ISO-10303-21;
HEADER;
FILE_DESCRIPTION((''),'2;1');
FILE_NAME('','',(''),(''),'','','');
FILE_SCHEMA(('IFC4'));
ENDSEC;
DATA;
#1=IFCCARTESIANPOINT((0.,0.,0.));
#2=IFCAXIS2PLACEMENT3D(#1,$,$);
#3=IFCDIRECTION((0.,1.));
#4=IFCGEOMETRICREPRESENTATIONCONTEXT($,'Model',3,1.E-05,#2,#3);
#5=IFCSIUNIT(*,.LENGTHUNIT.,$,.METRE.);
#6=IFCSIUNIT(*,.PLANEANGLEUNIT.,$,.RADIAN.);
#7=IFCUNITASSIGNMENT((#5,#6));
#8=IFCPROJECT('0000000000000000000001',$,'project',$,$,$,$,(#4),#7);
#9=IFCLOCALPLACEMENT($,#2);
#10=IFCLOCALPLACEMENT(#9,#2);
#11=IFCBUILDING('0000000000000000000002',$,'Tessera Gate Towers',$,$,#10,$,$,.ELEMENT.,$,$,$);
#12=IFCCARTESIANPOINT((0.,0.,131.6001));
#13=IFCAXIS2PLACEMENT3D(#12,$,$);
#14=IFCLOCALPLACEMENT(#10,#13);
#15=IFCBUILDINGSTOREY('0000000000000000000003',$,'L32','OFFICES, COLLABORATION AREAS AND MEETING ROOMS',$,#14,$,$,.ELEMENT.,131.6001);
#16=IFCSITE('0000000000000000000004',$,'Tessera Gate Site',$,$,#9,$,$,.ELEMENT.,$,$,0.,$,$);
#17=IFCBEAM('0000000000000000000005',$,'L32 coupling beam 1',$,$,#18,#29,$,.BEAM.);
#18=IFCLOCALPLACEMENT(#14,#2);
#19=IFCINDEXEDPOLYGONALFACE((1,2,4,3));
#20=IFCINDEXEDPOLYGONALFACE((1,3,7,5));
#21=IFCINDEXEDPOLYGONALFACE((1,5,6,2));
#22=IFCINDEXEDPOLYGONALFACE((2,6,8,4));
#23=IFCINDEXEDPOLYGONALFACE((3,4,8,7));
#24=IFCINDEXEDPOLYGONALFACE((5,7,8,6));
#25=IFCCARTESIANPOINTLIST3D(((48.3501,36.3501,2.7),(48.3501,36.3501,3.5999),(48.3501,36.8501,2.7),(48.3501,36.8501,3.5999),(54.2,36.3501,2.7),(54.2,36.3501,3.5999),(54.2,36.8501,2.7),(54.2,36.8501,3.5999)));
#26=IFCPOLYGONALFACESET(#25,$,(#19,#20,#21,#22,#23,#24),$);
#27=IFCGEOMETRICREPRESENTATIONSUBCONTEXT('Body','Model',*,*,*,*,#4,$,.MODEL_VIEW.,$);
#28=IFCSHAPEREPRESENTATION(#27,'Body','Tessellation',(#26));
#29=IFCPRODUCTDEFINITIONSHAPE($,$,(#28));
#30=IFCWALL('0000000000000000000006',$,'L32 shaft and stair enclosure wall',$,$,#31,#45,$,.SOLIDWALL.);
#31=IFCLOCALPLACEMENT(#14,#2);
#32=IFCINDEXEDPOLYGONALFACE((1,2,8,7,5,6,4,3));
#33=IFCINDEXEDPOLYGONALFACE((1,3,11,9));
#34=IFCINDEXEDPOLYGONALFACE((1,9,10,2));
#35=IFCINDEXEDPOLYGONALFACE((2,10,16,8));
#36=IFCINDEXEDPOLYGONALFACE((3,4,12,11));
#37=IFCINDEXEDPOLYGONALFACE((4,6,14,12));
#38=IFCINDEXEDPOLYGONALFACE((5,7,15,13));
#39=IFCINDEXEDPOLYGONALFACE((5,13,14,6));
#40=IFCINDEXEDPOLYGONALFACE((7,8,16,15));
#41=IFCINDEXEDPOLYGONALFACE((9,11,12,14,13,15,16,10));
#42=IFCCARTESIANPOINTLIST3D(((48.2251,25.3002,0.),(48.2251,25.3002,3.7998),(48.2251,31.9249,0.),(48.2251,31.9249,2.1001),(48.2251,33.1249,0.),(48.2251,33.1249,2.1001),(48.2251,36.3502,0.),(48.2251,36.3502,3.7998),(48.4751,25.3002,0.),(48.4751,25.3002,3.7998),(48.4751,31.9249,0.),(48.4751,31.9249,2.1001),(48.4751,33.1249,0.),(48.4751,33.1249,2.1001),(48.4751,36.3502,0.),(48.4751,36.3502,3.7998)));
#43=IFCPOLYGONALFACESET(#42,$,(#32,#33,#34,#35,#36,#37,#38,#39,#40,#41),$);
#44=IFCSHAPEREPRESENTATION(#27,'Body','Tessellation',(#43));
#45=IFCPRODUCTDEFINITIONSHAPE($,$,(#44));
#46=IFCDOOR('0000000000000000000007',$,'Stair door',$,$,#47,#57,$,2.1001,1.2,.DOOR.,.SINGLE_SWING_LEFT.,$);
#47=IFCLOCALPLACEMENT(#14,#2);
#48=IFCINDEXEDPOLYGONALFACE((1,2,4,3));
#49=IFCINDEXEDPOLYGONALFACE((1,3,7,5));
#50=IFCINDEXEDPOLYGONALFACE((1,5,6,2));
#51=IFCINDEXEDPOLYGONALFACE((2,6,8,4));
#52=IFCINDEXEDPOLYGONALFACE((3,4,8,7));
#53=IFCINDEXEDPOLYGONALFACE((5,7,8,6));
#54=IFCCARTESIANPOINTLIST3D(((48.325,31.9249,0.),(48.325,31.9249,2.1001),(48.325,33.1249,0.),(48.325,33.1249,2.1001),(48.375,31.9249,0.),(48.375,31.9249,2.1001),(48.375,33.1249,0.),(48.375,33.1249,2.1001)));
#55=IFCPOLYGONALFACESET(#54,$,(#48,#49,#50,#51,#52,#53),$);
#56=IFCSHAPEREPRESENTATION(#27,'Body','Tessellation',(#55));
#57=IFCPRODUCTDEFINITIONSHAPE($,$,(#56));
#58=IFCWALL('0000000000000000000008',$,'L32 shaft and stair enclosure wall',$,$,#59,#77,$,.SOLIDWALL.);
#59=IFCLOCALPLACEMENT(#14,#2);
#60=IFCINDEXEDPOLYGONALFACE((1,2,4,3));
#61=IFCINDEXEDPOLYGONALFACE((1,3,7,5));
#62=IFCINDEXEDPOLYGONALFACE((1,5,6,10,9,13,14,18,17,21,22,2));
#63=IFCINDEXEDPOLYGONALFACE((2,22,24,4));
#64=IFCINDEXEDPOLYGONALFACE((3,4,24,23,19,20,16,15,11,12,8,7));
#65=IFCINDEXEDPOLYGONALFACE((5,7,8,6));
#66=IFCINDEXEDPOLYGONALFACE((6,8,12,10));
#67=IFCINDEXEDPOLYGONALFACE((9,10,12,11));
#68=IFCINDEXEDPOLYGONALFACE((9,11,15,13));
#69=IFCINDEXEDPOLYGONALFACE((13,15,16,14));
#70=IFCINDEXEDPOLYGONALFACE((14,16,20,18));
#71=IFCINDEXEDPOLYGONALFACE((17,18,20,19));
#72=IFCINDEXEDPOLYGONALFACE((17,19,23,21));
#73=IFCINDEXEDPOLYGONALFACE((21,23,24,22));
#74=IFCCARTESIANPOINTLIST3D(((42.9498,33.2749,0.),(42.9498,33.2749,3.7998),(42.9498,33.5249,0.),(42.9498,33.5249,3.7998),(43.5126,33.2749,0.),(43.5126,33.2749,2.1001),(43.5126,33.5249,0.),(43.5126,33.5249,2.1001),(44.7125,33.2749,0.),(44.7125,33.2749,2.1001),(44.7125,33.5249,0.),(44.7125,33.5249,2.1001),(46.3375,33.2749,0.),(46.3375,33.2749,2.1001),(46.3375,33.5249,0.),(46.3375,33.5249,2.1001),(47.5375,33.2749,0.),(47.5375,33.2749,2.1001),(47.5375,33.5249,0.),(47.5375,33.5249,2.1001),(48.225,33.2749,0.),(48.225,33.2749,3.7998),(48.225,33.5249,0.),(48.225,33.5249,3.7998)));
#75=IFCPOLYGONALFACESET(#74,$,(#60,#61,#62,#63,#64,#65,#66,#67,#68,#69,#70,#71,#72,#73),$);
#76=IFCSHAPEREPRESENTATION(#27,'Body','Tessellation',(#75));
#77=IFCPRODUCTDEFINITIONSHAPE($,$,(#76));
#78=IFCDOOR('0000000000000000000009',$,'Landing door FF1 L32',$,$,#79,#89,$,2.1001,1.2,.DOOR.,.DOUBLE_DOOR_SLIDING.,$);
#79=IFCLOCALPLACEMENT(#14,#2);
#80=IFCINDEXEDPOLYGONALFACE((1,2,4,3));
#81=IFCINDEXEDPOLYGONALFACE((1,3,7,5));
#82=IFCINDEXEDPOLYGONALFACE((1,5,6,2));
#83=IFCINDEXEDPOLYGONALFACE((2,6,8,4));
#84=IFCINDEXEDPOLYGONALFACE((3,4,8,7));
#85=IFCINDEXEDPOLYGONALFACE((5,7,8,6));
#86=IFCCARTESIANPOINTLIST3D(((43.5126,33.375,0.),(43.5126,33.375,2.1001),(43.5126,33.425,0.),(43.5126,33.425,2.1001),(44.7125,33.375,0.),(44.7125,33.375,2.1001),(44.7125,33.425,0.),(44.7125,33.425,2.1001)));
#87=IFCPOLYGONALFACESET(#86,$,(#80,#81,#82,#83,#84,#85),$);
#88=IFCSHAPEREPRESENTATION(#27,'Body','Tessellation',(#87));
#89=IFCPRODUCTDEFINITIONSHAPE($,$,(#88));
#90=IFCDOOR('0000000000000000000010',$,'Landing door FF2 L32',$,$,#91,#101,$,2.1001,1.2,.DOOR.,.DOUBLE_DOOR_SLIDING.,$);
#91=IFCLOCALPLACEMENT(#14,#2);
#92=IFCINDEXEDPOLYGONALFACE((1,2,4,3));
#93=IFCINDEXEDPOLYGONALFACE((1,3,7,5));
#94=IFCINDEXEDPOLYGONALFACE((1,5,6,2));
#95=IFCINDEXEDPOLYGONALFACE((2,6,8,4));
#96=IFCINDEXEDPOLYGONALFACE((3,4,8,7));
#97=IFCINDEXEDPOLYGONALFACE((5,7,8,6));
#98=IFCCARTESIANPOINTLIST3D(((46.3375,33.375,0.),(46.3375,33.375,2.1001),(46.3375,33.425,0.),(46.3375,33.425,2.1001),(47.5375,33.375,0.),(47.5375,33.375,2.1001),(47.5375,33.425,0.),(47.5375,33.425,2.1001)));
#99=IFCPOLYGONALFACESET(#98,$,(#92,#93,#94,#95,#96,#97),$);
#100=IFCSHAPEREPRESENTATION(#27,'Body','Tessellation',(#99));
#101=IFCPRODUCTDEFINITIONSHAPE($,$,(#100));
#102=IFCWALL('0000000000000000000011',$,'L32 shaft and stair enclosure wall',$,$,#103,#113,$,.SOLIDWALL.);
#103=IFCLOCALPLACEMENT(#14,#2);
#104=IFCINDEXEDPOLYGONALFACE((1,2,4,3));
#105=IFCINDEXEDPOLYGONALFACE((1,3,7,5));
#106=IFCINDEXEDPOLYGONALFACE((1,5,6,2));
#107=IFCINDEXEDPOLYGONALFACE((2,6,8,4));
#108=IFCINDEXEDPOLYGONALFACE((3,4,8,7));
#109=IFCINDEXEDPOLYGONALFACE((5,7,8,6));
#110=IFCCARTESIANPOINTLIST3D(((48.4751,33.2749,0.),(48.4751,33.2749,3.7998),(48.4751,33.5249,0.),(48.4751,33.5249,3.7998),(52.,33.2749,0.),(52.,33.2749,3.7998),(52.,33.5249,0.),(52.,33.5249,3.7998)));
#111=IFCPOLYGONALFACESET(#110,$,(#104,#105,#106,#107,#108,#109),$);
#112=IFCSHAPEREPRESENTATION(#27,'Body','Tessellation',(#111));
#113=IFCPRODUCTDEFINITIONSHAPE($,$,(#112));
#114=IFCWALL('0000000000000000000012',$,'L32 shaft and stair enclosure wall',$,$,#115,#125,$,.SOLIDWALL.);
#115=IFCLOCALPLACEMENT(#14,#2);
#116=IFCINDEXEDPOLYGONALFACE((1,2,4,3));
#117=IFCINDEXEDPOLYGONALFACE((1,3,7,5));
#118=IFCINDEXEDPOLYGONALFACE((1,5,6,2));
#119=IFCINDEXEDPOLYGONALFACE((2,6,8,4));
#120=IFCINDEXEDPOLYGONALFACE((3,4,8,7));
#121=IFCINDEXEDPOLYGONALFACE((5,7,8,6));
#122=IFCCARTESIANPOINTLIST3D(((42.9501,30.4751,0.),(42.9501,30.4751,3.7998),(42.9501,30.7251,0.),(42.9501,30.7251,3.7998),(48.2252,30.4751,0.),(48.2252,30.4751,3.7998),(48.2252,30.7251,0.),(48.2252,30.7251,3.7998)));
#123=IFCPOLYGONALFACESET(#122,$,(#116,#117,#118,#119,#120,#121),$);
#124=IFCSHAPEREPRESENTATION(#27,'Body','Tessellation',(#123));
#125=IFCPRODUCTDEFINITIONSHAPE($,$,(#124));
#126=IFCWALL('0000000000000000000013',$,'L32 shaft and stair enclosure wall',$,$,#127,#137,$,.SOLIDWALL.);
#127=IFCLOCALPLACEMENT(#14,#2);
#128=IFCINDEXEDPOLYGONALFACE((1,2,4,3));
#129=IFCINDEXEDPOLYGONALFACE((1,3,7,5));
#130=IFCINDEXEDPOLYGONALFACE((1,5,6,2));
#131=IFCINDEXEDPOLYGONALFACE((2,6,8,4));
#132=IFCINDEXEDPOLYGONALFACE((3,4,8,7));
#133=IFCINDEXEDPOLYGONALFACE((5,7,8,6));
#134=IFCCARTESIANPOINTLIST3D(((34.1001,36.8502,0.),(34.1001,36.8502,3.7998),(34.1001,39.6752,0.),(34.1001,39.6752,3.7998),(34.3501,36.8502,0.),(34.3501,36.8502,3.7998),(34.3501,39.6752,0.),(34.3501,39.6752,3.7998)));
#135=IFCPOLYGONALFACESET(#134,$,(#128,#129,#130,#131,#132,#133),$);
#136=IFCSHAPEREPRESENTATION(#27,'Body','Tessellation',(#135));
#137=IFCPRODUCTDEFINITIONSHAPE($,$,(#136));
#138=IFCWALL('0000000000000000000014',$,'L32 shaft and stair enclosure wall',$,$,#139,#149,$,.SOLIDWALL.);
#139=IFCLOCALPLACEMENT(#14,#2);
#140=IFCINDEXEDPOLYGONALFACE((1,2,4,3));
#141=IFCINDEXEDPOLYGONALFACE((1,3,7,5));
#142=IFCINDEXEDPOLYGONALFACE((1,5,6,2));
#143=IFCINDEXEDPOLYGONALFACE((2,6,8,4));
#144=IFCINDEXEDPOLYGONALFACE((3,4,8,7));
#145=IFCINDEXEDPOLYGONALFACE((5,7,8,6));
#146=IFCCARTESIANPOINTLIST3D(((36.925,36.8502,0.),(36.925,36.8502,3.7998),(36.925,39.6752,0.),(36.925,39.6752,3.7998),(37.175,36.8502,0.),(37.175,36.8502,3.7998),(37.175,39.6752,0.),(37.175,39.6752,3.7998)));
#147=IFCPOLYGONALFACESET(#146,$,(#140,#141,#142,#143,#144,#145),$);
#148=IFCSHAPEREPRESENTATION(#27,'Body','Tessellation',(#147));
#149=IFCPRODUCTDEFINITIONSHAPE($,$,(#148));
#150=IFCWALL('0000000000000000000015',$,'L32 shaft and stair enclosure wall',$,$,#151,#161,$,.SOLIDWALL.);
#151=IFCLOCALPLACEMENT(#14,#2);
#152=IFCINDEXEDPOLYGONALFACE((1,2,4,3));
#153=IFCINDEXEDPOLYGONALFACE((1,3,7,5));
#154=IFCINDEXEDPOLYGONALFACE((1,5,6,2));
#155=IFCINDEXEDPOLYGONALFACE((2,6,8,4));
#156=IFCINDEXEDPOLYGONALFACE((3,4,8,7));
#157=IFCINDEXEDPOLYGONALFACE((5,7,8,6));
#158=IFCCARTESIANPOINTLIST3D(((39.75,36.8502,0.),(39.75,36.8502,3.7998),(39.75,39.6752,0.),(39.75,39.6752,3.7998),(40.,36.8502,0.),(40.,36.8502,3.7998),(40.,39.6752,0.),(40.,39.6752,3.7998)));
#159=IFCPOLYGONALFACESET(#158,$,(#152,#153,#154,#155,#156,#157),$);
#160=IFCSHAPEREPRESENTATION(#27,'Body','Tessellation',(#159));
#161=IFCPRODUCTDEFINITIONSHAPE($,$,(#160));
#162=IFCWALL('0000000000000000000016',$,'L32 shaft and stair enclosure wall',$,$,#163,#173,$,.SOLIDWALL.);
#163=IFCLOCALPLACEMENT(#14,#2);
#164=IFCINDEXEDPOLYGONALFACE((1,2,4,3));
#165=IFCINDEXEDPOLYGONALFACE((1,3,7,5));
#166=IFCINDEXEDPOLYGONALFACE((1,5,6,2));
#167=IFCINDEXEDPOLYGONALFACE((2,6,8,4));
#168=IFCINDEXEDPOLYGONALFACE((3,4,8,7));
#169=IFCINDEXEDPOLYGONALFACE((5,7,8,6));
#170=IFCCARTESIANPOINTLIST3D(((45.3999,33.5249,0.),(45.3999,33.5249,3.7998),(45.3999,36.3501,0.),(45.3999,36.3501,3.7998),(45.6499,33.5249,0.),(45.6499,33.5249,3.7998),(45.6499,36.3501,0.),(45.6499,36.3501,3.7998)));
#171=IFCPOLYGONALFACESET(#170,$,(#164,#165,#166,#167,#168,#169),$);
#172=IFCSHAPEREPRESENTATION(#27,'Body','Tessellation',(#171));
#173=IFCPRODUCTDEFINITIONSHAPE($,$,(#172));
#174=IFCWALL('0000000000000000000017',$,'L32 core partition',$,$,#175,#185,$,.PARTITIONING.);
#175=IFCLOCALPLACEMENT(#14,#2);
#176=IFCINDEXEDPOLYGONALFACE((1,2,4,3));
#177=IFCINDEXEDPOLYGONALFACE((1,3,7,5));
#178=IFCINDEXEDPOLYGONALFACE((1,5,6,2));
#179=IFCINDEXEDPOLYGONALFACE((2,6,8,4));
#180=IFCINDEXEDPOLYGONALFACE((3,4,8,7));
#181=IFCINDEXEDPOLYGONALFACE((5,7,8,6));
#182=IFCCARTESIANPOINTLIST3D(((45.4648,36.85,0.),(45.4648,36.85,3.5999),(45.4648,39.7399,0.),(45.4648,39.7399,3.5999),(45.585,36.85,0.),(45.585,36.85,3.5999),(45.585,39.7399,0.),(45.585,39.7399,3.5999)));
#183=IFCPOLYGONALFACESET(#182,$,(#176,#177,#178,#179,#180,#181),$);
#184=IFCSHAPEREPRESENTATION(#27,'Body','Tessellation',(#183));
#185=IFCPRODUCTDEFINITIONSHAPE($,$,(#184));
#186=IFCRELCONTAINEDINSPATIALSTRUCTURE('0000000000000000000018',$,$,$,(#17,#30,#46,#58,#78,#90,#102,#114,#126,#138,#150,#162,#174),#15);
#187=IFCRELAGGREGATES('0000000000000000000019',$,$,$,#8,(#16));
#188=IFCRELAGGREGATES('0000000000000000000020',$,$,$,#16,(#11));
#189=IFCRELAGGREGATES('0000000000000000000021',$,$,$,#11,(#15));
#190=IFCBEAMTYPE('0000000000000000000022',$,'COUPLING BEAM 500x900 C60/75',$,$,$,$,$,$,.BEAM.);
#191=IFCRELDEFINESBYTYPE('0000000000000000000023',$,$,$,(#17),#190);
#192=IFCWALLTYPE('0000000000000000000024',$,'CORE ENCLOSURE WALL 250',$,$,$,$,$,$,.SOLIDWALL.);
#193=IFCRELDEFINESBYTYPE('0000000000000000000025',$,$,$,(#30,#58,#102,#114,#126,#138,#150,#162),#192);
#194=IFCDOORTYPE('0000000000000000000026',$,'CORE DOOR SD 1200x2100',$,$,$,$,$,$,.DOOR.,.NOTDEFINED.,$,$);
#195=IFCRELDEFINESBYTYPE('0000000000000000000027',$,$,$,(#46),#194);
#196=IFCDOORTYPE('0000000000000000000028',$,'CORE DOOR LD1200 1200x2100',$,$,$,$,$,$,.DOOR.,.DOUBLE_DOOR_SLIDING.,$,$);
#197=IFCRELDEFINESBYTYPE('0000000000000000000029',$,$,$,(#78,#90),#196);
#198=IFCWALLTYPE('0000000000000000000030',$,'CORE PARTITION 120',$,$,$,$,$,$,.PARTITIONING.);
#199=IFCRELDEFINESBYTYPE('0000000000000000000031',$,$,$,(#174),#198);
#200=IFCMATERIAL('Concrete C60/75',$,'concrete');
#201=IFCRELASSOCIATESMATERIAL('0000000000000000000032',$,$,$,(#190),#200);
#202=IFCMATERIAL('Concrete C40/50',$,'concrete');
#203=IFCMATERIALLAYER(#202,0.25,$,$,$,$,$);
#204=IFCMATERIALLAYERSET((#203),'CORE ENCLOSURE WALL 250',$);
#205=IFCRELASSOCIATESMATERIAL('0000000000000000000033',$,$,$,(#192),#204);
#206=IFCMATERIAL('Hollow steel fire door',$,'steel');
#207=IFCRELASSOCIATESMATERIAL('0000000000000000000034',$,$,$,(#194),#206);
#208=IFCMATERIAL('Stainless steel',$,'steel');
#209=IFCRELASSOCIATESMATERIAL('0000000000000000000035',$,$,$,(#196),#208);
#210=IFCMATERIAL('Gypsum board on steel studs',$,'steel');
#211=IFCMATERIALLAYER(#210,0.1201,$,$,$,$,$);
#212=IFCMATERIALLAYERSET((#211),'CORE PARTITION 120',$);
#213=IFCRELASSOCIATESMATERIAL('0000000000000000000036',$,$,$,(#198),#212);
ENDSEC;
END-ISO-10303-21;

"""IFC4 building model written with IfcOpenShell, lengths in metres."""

from ifc_helpers import new_model, si_unit, direction, frame, frame_2d, origin, origin_2d, place, context, subcontext, project, spatial, rectangle, extrude, source, transform, mapped, material, layer, layer_set, material_profile, profile_set, type_object, element, fill, save


model = new_model("IFC4")

# Units and contexts
model_context = context("Model", 3, precision=1e-05, world=origin(), true_north=direction((0.0, 1.0)))
body_context = subcontext(model_context, "Body", "Model", "MODEL_VIEW")
ifc_project = project(units=[si_unit("LENGTHUNIT", "METRE"), si_unit("PLANEANGLEUNIT", "RADIAN")], contexts=[model_context])

# Site, building, storey
site_placement = place(None, origin())
site = spatial("IfcSite", under=ifc_project, at=site_placement, Name="Tessera Gate Site", CompositionType="ELEMENT", RefElevation=0.0)
building_placement = place(site_placement, origin())
building = spatial("IfcBuilding", under=site, at=building_placement, Name="Tessera Gate Towers", CompositionType="ELEMENT")
storey_placement = place(building_placement, frame((0.0, 0.0, 131.6001)))
storey = spatial("IfcBuildingStorey", under=building, at=storey_placement, Name="L32", Description="OFFICES, COLLABORATION AREAS AND MEETING ROOMS", CompositionType="ELEMENT", Elevation=131.6001)

# Beam
ifc_material_1 = material(Name="Concrete C60/75", Category="concrete")
ifc_material_profile = material_profile(ifc_material_1, rectangle(XDim=0.5, YDim=0.8999, at=origin_2d()), Name="RC 500x900")
ifc_profile_set = profile_set([ifc_material_profile], Name="Concrete C60/75")
beam_type = type_object("IfcBeamType", Name="COUPLING BEAM 500x900 C60/75", PredefinedType="BEAM", material=ifc_profile_set)
beam_placement = place(storey_placement, frame((48.3501, 36.6001, 3.1499), z_axis=(1.0, 0.0, 0.0), x_axis=(0.0, 1.0, 0.0)))
element("IfcBeam", 1, at=beam_placement, inside=storey, type_object=beam_type, Name="L32 coupling beam 1", PredefinedType="BEAM", context=body_context, shape_type="SweptSolid", body=[
    extrude(rectangle(XDim=0.5, YDim=0.8999, at=origin_2d()), origin(), (0.0, 0.0, 1.0), 5.8499),
])

# Wall, opening, door
ifc_material_2 = material(Name="Concrete C40/50", Category="concrete")
ifc_layer_1 = layer(ifc_material_2, 0.25)
ifc_layer_set_1 = layer_set([ifc_layer_1], Name="CORE ENCLOSURE WALL 250")
wall_type_1 = type_object("IfcWallType", Name="CORE ENCLOSURE WALL 250", PredefinedType="SOLIDWALL", material=ifc_layer_set_1)
wall_1_placement = place(storey_placement, frame((48.3501, 36.3501, 0.0), z_axis=(0.0, 0.0, 1.0), x_axis=(0.0, -1.0, 0.0)))
wall_1 = element("IfcWall", 2, at=wall_1_placement, inside=storey, type_object=wall_type_1, Name="L32 shaft and stair enclosure wall", PredefinedType="SOLIDWALL", context=body_context, shape_type="SweptSolid", body=[
    extrude(rectangle(XDim=11.05, YDim=0.25, at=frame_2d((5.5249, 0.0))), origin(), (0.0, 0.0, 1.0), 3.7998),
])
shared_shape_1 = source(origin(), body_context, "Body", "SweptSolid", [
    extrude(rectangle(XDim=1.2, YDim=2.1001, at=frame_2d((0.6001, 1.05))), frame((0.0, 0.135, 0.0), z_axis=(0.0, -1.0, 0.0), x_axis=(1.0, 0.0, 0.0)), (0.0, 0.0, 1.0), 0.27),
])
opening_1_placement = place(wall_1_placement, frame((3.2251, 0.0, 0.0)))
opening_1 = element("IfcOpeningElement", 3, at=opening_1_placement, cuts=wall_1, PredefinedType="OPENING", context=body_context, shape_type="MappedRepresentation", body=[
    mapped(shared_shape_1, transform((0.0, 0.0, 0.0), scale=1.0)),
])
ifc_material_3 = material(Name="Hollow steel fire door", Category="steel")
door_type_1 = type_object("IfcDoorType", Name="CORE DOOR SD 1200x2100", OperationType="NOTDEFINED", PredefinedType="DOOR", material=ifc_material_3)
shared_shape_2 = source(origin(), body_context, "Body", "SweptSolid", [
    extrude(rectangle(XDim=1.2, YDim=2.1001, at=frame_2d((0.6001, 1.05))), frame((0.0, 0.0249, 0.0), z_axis=(0.0, -1.0, 0.0), x_axis=(1.0, 0.0, 0.0)), (0.0, 0.0, 1.0), 0.05),
])
door_1_placement = place(opening_1_placement, origin())
door_1 = element("IfcDoor", 4, at=door_1_placement, inside=storey, type_object=door_type_1, Name="Stair door", OperationType="SINGLE_SWING_LEFT", OverallHeight=2.1001, OverallWidth=1.2, PredefinedType="DOOR", context=body_context, shape_type="MappedRepresentation", body=[
    mapped(shared_shape_2, transform((0.0, 0.0, 0.0), scale=1.0)),
])
fill(opening_1, door_1)

# Wall, openings, doors
wall_2_placement = place(storey_placement, frame((48.2251, 33.3999, 0.0), z_axis=(0.0, 0.0, 1.0), x_axis=(-1.0, 0.0, 0.0)))
wall_2 = element("IfcWall", 5, at=wall_2_placement, inside=storey, type_object=wall_type_1, Name="L32 shaft and stair enclosure wall", PredefinedType="SOLIDWALL", context=body_context, shape_type="SweptSolid", body=[
    extrude(rectangle(XDim=5.2751, YDim=0.25, at=frame_2d((2.6377, 0.0))), origin(), (0.0, 0.0, 1.0), 3.7998),
])
opening_2_placement = place(wall_2_placement, frame((3.5125, 0.0, 0.0)))
opening_2 = element("IfcOpeningElement", 6, at=opening_2_placement, cuts=wall_2, PredefinedType="OPENING", context=body_context, shape_type="MappedRepresentation", body=[
    mapped(shared_shape_1, transform((0.0, 0.0, 0.0), scale=1.0)),
])
opening_3_placement = place(wall_2_placement, frame((0.6875, 0.0, 0.0)))
opening_3 = element("IfcOpeningElement", 7, at=opening_3_placement, cuts=wall_2, PredefinedType="OPENING", context=body_context, shape_type="MappedRepresentation", body=[
    mapped(shared_shape_1, transform((0.0, 0.0, 0.0), scale=1.0)),
])
ifc_material_4 = material(Name="Stainless steel", Category="steel")
door_type_2 = type_object("IfcDoorType", Name="CORE DOOR LD1200 1200x2100", OperationType="DOUBLE_DOOR_SLIDING", PredefinedType="DOOR", material=ifc_material_4)
door_2_placement = place(opening_2_placement, origin())
door_2 = element("IfcDoor", 8, at=door_2_placement, inside=storey, type_object=door_type_2, Name="Landing door FF1 L32", OperationType="DOUBLE_DOOR_SLIDING", OverallHeight=2.1001, OverallWidth=1.2, PredefinedType="DOOR", context=body_context, shape_type="MappedRepresentation", body=[
    mapped(shared_shape_2, transform((0.0, 0.0, 0.0), scale=1.0)),
])
fill(opening_2, door_2)
door_3_placement = place(opening_3_placement, origin())
door_3 = element("IfcDoor", 9, at=door_3_placement, inside=storey, type_object=door_type_2, Name="Landing door FF2 L32", OperationType="DOUBLE_DOOR_SLIDING", OverallHeight=2.1001, OverallWidth=1.2, PredefinedType="DOOR", context=body_context, shape_type="MappedRepresentation", body=[
    mapped(shared_shape_2, transform((0.0, 0.0, 0.0), scale=1.0)),
])
fill(opening_3, door_3)

# Walls
wall_3_placement = place(storey_placement, frame((48.4751, 33.3999, 0.0), z_axis=(0.0, 0.0, 1.0), x_axis=(1.0, 0.0, 0.0)))
element("IfcWall", 10, at=wall_3_placement, inside=storey, type_object=wall_type_1, Name="L32 shaft and stair enclosure wall", PredefinedType="SOLIDWALL", context=body_context, shape_type="SweptSolid", body=[
    extrude(rectangle(XDim=3.5249, YDim=0.25, at=frame_2d((1.7625, 0.0))), origin(), (0.0, 0.0, 1.0), 3.7998),
])
wall_4_placement = place(storey_placement, frame((42.95, 30.6001, 0.0), z_axis=(0.0, 0.0, 1.0), x_axis=(1.0, 0.0, 0.0)))
element("IfcWall", 11, at=wall_4_placement, inside=storey, type_object=wall_type_1, Name="L32 shaft and stair enclosure wall", PredefinedType="SOLIDWALL", context=body_context, shape_type="SweptSolid", body=[
    extrude(rectangle(XDim=5.2751, YDim=0.25, at=frame_2d((2.6377, 0.0))), origin(), (0.0, 0.0, 1.0), 3.7998),
])
for number, where, z_axis, x_axis, name in (
    (12, (34.2251, 36.8501, 0.0), (0.0, 0.0, 1.0), (0.0, 1.0, 0.0), "L32 shaft and stair enclosure wall"),
    (13, (37.05, 36.8501, 0.0), (0.0, 0.0, 1.0), (0.0, 1.0, 0.0), "L32 shaft and stair enclosure wall"),
    (14, (39.875, 36.8501, 0.0), (0.0, 0.0, 1.0), (0.0, 1.0, 0.0), "L32 shaft and stair enclosure wall"),
):
    element("IfcWall", number, at=place(storey_placement, frame(where, z_axis=z_axis, x_axis=x_axis)), inside=storey, type_object=wall_type_1, Name=name, PredefinedType="SOLIDWALL", context=body_context, shape_type="SweptSolid", body=[
        extrude(rectangle(XDim=2.825, YDim=0.25, at=frame_2d((1.4126, 0.0))), origin(), (0.0, 0.0, 1.0), 3.7998),
    ])
wall_5_placement = place(storey_placement, frame((45.5249, 33.5249, 0.0), z_axis=(0.0, 0.0, 1.0), x_axis=(0.0, 1.0, 0.0)))
element("IfcWall", 15, at=wall_5_placement, inside=storey, type_object=wall_type_1, Name="L32 shaft and stair enclosure wall", PredefinedType="SOLIDWALL", context=body_context, shape_type="SweptSolid", body=[
    extrude(rectangle(XDim=2.8252, YDim=0.25, at=frame_2d((1.4126, 0.0))), origin(), (0.0, 0.0, 1.0), 3.7998),
])
ifc_material_5 = material(Name="Gypsum board on steel studs", Category="steel")
ifc_layer_2 = layer(ifc_material_5, 0.1201)
ifc_layer_set_2 = layer_set([ifc_layer_2], Name="CORE PARTITION 120")
wall_type_2 = type_object("IfcWallType", Name="CORE PARTITION 120", PredefinedType="PARTITIONING", material=ifc_layer_set_2)
wall_6_placement = place(storey_placement, frame((45.5249, 36.8501, 0.0), z_axis=(0.0, 0.0, 1.0), x_axis=(0.0, 1.0, 0.0)))
element("IfcWall", 16, at=wall_6_placement, inside=storey, type_object=wall_type_2, Name="L32 core partition", PredefinedType="PARTITIONING", context=body_context, shape_type="SweptSolid", body=[
    extrude(rectangle(XDim=2.8899, YDim=0.1201, at=frame_2d((1.4448, 0.0))), origin(), (0.0, 0.0, 1.0), 3.5999),
])

save(model, "model.ifc")
